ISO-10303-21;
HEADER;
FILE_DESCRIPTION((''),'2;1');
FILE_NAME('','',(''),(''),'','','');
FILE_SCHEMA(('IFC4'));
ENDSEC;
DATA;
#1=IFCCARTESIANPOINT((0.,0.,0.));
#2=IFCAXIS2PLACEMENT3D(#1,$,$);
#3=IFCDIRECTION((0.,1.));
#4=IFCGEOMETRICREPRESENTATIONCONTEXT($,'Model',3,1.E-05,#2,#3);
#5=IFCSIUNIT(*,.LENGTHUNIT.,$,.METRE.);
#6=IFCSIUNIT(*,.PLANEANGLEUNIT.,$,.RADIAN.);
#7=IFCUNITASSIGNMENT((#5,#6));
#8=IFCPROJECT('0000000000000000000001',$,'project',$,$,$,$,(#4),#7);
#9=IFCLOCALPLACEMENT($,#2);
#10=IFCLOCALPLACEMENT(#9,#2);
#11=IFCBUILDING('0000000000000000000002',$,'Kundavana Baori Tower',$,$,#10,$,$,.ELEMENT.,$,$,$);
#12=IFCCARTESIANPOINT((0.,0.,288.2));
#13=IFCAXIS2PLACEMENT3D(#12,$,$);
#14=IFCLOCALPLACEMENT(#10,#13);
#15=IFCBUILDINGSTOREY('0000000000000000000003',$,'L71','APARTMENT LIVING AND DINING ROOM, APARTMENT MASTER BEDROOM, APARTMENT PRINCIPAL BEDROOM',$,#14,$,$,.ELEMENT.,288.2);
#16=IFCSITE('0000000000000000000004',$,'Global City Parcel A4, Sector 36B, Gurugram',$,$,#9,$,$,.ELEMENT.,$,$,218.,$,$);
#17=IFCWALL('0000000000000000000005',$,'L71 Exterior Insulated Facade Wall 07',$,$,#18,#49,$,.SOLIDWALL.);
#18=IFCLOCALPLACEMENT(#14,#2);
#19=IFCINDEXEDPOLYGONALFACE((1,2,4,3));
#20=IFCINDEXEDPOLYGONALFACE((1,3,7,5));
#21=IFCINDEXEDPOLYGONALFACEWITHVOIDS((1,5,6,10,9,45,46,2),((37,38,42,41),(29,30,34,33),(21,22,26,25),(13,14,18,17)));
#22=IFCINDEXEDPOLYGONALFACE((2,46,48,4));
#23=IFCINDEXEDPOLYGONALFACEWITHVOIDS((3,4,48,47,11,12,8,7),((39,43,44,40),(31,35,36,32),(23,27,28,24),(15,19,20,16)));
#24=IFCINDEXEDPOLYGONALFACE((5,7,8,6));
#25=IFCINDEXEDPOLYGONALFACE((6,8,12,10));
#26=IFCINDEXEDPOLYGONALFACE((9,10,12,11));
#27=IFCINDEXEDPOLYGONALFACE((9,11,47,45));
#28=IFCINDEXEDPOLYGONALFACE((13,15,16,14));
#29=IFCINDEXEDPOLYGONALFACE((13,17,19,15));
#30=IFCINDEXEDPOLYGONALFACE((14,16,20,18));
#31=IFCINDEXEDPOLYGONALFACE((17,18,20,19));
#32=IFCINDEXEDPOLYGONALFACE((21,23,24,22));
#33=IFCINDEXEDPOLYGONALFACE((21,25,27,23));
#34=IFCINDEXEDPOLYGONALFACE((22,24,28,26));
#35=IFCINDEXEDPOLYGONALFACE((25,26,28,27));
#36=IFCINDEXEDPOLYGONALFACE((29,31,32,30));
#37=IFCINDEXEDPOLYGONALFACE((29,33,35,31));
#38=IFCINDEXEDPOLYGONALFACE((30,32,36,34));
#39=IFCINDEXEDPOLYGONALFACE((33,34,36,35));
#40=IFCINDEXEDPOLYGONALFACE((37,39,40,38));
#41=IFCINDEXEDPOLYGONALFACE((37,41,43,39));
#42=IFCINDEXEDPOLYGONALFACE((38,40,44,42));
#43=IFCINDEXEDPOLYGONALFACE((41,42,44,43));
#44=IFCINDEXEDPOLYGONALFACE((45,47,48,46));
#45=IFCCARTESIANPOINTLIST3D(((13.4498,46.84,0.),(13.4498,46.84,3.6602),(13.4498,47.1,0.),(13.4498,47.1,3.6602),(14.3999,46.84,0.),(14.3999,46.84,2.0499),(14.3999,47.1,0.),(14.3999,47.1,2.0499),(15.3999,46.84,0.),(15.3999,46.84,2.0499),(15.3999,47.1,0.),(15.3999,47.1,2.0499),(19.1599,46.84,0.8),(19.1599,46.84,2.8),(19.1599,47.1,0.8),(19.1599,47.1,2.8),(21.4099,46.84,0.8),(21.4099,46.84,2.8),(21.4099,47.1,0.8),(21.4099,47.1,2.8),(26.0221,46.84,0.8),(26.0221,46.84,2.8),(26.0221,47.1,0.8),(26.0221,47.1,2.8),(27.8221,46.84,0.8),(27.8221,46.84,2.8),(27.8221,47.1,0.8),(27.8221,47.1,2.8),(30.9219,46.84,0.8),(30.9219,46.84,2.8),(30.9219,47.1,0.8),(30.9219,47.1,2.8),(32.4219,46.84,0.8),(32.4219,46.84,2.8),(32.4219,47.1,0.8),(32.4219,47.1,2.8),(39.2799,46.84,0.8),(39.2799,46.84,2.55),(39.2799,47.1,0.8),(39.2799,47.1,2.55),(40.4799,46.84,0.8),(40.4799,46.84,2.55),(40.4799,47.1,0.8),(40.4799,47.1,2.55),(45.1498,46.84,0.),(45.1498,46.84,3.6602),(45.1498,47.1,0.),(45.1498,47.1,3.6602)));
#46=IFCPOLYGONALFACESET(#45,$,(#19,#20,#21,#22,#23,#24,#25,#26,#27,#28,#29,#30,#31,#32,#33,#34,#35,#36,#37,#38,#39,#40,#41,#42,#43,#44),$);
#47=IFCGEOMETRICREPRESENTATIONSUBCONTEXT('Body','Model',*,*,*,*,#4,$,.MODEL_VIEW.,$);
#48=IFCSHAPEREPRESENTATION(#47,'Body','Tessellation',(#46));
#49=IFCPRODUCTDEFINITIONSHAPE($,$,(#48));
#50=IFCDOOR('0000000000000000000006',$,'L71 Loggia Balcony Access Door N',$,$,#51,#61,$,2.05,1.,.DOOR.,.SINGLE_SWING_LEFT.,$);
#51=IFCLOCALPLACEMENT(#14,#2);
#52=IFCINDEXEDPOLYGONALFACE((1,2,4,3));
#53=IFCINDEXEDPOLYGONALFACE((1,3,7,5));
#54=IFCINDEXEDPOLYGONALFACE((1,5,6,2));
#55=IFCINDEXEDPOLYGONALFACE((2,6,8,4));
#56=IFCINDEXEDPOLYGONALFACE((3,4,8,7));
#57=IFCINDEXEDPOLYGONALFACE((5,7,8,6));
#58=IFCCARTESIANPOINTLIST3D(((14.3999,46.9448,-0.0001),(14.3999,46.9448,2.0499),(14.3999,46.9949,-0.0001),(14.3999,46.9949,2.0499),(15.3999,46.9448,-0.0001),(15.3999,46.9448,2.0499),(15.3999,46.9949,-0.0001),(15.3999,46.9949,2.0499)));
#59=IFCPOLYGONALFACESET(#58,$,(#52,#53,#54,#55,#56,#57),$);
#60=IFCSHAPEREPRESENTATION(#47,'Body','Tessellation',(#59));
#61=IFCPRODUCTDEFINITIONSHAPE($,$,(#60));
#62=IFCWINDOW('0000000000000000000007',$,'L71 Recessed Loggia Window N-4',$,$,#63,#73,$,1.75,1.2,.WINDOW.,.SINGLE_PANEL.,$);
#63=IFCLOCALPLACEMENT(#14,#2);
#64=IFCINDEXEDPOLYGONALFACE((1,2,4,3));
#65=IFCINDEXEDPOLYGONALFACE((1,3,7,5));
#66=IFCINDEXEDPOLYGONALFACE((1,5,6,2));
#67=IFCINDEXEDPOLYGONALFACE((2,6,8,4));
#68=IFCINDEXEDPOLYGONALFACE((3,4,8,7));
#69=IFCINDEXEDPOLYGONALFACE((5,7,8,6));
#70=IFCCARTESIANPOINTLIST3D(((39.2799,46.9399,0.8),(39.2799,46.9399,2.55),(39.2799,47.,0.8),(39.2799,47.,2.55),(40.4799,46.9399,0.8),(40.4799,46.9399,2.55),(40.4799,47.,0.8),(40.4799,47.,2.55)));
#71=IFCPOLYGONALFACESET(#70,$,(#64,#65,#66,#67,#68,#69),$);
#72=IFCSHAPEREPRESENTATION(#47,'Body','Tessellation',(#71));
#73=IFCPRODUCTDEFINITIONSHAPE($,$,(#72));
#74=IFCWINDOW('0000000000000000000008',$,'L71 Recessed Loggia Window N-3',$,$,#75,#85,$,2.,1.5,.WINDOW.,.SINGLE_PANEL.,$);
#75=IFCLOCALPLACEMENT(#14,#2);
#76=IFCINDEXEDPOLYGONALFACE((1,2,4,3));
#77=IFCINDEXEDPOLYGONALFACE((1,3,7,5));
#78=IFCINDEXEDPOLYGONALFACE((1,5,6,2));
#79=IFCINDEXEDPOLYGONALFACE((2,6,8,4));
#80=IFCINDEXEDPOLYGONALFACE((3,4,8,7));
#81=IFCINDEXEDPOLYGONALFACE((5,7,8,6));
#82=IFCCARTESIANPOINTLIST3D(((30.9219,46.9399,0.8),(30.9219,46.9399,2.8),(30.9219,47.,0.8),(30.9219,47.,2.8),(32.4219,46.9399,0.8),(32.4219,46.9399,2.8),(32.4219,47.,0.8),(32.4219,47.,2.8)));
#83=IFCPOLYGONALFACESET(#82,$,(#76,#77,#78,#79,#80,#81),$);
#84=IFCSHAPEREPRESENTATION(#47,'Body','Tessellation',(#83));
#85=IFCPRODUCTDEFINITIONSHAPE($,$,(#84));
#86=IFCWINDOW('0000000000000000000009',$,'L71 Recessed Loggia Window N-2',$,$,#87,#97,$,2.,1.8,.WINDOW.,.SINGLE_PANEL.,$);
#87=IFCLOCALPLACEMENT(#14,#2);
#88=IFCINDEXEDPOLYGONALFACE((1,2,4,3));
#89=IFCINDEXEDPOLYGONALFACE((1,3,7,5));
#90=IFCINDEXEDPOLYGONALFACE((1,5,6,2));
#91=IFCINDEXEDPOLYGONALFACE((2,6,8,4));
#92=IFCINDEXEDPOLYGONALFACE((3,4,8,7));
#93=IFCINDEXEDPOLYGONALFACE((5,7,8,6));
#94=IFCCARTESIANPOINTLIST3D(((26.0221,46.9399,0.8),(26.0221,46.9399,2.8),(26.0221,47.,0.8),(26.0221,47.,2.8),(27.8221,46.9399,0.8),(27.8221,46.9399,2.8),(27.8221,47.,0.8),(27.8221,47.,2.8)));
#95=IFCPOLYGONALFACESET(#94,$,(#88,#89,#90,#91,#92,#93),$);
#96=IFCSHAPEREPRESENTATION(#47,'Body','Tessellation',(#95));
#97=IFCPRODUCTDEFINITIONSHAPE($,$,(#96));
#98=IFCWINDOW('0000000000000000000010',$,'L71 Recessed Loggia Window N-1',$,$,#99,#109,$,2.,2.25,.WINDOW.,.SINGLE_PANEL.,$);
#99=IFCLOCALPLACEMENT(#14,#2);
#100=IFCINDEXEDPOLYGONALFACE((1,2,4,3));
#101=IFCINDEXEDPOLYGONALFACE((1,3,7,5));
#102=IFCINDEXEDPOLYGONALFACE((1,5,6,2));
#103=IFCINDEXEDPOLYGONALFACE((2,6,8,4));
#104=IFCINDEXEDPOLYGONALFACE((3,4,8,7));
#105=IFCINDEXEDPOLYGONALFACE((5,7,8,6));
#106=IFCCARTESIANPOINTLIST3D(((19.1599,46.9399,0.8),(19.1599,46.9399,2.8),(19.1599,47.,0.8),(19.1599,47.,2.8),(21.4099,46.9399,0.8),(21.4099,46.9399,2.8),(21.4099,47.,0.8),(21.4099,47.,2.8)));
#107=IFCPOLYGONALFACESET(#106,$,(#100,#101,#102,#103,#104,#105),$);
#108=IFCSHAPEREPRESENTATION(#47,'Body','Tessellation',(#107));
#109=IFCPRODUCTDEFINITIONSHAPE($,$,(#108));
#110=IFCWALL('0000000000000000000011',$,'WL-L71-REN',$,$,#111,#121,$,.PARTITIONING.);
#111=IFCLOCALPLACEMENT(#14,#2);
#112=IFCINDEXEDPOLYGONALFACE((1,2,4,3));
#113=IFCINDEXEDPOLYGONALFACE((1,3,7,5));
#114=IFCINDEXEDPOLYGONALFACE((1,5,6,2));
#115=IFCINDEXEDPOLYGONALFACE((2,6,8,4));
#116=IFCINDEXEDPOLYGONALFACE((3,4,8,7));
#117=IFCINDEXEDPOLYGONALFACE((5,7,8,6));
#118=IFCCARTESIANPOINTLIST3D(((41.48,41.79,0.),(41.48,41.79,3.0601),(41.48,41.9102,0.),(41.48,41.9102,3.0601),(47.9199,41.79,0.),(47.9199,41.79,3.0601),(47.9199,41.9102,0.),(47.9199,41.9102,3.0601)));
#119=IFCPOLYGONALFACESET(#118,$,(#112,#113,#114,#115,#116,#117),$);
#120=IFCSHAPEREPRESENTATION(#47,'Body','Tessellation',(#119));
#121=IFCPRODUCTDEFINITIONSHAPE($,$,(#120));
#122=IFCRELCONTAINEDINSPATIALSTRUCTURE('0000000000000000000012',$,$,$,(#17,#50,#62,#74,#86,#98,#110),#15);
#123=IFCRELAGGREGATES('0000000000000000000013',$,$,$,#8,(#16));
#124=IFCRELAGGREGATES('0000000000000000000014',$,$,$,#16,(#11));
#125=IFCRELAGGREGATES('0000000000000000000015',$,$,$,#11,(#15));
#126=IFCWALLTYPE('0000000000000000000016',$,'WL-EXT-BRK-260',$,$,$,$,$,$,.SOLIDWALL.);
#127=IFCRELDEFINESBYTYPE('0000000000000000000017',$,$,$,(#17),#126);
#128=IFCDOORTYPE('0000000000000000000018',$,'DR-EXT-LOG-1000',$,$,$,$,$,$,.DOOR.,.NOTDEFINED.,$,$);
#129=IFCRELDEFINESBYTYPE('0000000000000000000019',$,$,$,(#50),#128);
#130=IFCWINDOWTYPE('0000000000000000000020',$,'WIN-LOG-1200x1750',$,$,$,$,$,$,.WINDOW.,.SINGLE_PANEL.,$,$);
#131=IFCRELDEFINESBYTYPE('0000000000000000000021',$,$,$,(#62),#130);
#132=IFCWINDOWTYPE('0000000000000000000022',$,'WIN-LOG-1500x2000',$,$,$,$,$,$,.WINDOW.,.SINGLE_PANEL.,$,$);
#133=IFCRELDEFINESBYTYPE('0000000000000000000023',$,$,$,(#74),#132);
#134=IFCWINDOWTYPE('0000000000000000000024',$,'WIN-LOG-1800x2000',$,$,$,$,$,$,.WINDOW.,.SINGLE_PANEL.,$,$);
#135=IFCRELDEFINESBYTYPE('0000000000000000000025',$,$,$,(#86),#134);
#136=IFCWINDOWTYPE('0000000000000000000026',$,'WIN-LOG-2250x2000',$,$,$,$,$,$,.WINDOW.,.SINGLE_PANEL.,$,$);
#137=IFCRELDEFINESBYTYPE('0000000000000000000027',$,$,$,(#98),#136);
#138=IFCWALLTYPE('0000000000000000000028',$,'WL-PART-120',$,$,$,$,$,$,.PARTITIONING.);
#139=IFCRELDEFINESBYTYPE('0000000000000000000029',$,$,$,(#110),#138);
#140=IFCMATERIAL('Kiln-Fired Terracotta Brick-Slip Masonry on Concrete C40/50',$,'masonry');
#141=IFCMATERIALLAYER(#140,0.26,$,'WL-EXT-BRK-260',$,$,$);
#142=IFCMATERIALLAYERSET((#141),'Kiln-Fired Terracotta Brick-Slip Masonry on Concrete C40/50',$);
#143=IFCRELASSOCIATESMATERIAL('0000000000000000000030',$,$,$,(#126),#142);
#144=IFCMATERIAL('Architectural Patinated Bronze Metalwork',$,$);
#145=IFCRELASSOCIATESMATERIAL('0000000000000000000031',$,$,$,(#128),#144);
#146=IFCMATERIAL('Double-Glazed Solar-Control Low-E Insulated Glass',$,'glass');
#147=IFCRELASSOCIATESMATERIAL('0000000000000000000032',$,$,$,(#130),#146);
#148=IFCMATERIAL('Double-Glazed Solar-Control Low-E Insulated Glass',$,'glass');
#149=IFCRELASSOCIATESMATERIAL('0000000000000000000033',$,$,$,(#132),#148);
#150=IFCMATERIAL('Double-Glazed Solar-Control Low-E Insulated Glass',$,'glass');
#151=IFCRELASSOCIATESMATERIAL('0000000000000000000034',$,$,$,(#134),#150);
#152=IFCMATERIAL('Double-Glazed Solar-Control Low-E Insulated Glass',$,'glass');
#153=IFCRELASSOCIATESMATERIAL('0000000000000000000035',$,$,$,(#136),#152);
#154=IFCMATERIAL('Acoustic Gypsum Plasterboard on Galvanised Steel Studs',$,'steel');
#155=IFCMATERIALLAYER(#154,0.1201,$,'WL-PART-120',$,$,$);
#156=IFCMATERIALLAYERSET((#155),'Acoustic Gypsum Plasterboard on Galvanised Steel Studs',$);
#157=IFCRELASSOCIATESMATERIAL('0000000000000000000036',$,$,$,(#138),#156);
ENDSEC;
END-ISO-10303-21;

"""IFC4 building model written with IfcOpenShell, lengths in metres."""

from ifc_helpers import new_model, si_unit, direction, frame, frame_2d, origin, place, context, subcontext, project, spatial, rectangle, extrude, material, layer, layer_set, type_object, element, fill, save


model = new_model("IFC4")

# Units and contexts
model_context = context("Model", 3, precision=1e-05, world=origin(), true_north=direction((0.0, 1.0)))
body_context = subcontext(model_context, "Body", "Model", "MODEL_VIEW")
ifc_project = project(units=[si_unit("LENGTHUNIT", "METRE"), si_unit("PLANEANGLEUNIT", "RADIAN")], contexts=[model_context])

# Site, building, storey
site_placement = place(None, origin())
site = spatial("IfcSite", under=ifc_project, at=site_placement, Name="Global City Parcel A4, Sector 36B, Gurugram", CompositionType="ELEMENT", RefElevation=218.0)
building_placement = place(site_placement, origin())
building = spatial("IfcBuilding", under=site, at=building_placement, Name="Kundavana Baori Tower", CompositionType="ELEMENT")
storey_placement = place(building_placement, frame((0.0, 0.0, 288.2)))
storey = spatial("IfcBuildingStorey", under=building, at=storey_placement, Name="L71", Description="APARTMENT LIVING AND DINING ROOM, APARTMENT MASTER BEDROOM, APARTMENT PRINCIPAL BEDROOM", CompositionType="ELEMENT", Elevation=288.2)

# Shared definitions
ifc_material_1 = material(Name="Kiln-Fired Terracotta Brick-Slip Masonry on Concrete C40/50", Category="masonry")
ifc_layer_1 = layer(ifc_material_1, 0.26, Name="WL-EXT-BRK-260")
ifc_layer_set_1 = layer_set([ifc_layer_1], Name="Kiln-Fired Terracotta Brick-Slip Masonry on Concrete C40/50")
wall_type_1 = type_object("IfcWallType", Name="WL-EXT-BRK-260", PredefinedType="SOLIDWALL", material=ifc_layer_set_1)

# Wall, openings, door, windows
wall_1_placement = place(storey_placement, frame((45.1499, 46.97, 0.0), z_axis=(0.0, 0.0, 1.0), x_axis=(-1.0, 0.0, 0.0)))
wall_1 = element("IfcWall", 1, at=wall_1_placement, inside=storey, type_object=wall_type_1, Name="L71 Exterior Insulated Facade Wall 07", PredefinedType="SOLIDWALL", context=body_context, shape_type="SweptSolid", body=[
    extrude(rectangle(XDim=31.7, YDim=0.26, at=frame_2d((15.8501, 0.0))), origin(), (0.0, 0.0, 1.0), 3.6602),
])
opening_1_placement = place(wall_1_placement, frame((29.75, 0.0, 0.0)))
opening_1 = element("IfcOpeningElement", 2, at=opening_1_placement, cuts=wall_1, PredefinedType="OPENING", context=body_context, shape_type="SweptSolid", body=[
    extrude(rectangle(XDim=1.0, YDim=2.05, at=frame_2d((0.5, 1.0249))), frame((0.0, 0.1401, 0.0), z_axis=(0.0, -1.0, 0.0), x_axis=(1.0, 0.0, 0.0)), (0.0, 0.0, 1.0), 0.28),
])
opening_2_placement = place(wall_1_placement, frame((23.74, 0.0, 0.8)))
opening_2 = element("IfcOpeningElement", 3, at=opening_2_placement, cuts=wall_1, PredefinedType="OPENING", context=body_context, shape_type="SweptSolid", body=[
    extrude(rectangle(XDim=2.25, YDim=2.0, at=frame_2d((1.125, 1.0))), frame((0.0, 0.1401, 0.0), z_axis=(0.0, -1.0, 0.0), x_axis=(1.0, 0.0, 0.0)), (0.0, 0.0, 1.0), 0.28),
])
opening_3_placement = place(wall_1_placement, frame((17.3279, 0.0, 0.8)))
opening_3 = element("IfcOpeningElement", 4, at=opening_3_placement, cuts=wall_1, PredefinedType="OPENING", context=body_context, shape_type="SweptSolid", body=[
    extrude(rectangle(XDim=1.8, YDim=2.0, at=frame_2d((0.8999, 1.0))), frame((0.0, 0.1401, 0.0), z_axis=(0.0, -1.0, 0.0), x_axis=(1.0, 0.0, 0.0)), (0.0, 0.0, 1.0), 0.28),
])
opening_4_placement = place(wall_1_placement, frame((12.728, 0.0, 0.8)))
opening_4 = element("IfcOpeningElement", 5, at=opening_4_placement, cuts=wall_1, PredefinedType="OPENING", context=body_context, shape_type="SweptSolid", body=[
    extrude(rectangle(XDim=1.5, YDim=2.0, at=frame_2d((0.75, 1.0))), frame((0.0, 0.1401, 0.0), z_axis=(0.0, -1.0, 0.0), x_axis=(1.0, 0.0, 0.0)), (0.0, 0.0, 1.0), 0.28),
])
opening_5_placement = place(wall_1_placement, frame((4.6699, 0.0, 0.8)))
opening_5 = element("IfcOpeningElement", 6, at=opening_5_placement, cuts=wall_1, PredefinedType="OPENING", context=body_context, shape_type="SweptSolid", body=[
    extrude(rectangle(XDim=1.2, YDim=1.75, at=frame_2d((0.6001, 0.875))), frame((0.0, 0.1401, 0.0), z_axis=(0.0, -1.0, 0.0), x_axis=(1.0, 0.0, 0.0)), (0.0, 0.0, 1.0), 0.28),
])
ifc_material_2 = material(Name="Architectural Patinated Bronze Metalwork")
door_type_1 = type_object("IfcDoorType", Name="DR-EXT-LOG-1000", OperationType="NOTDEFINED", PredefinedType="DOOR", material=ifc_material_2)
door_1_placement = place(opening_1_placement, frame((1.0, 0.0, 0.0), z_axis=(0.0, 0.0, 1.0), x_axis=(-1.0, 0.0, 0.0)))
door_1 = element("IfcDoor", 7, at=door_1_placement, inside=storey, type_object=door_type_1, Name="L71 Loggia Balcony Access Door N", OperationType="SINGLE_SWING_LEFT", OverallHeight=2.05, OverallWidth=1.0, PredefinedType="DOOR", context=body_context, shape_type="SweptSolid", body=[
    extrude(rectangle(XDim=1.0, YDim=2.05, at=frame_2d((0.5, 1.0249))), frame((0.0, 0.0249, 0.0), z_axis=(0.0, -1.0, 0.0), x_axis=(1.0, 0.0, 0.0)), (0.0, 0.0, 1.0), 0.05),
])
fill(opening_1, door_1)
ifc_material_3 = material(Name="Double-Glazed Solar-Control Low-E Insulated Glass", Category="glass")
window_type_1 = type_object("IfcWindowType", Name="WIN-LOG-1200x1750", PartitioningType="SINGLE_PANEL", PredefinedType="WINDOW", material=ifc_material_3)
window_1_placement = place(opening_5_placement, origin())
window_1 = element("IfcWindow", 8, at=window_1_placement, inside=storey, type_object=window_type_1, Name="L71 Recessed Loggia Window N-4", OverallHeight=1.75, OverallWidth=1.2, PartitioningType="SINGLE_PANEL", PredefinedType="WINDOW", context=body_context, shape_type="SweptSolid", body=[
    extrude(rectangle(XDim=1.2, YDim=1.75, at=frame_2d((0.6001, 0.875))), frame((0.0, 0.03, 0.0), z_axis=(0.0, -1.0, 0.0), x_axis=(1.0, 0.0, 0.0)), (0.0, 0.0, 1.0), 0.0601),
])
fill(opening_5, window_1)
ifc_material_4 = material(Name="Double-Glazed Solar-Control Low-E Insulated Glass", Category="glass")
window_type_2 = type_object("IfcWindowType", Name="WIN-LOG-1500x2000", PartitioningType="SINGLE_PANEL", PredefinedType="WINDOW", material=ifc_material_4)
window_2_placement = place(opening_4_placement, origin())
window_2 = element("IfcWindow", 9, at=window_2_placement, inside=storey, type_object=window_type_2, Name="L71 Recessed Loggia Window N-3", OverallHeight=2.0, OverallWidth=1.5, PartitioningType="SINGLE_PANEL", PredefinedType="WINDOW", context=body_context, shape_type="SweptSolid", body=[
    extrude(rectangle(XDim=1.5, YDim=2.0, at=frame_2d((0.75, 1.0))), frame((0.0, 0.03, 0.0), z_axis=(0.0, -1.0, 0.0), x_axis=(1.0, 0.0, 0.0)), (0.0, 0.0, 1.0), 0.0601),
])
fill(opening_4, window_2)
ifc_material_5 = material(Name="Double-Glazed Solar-Control Low-E Insulated Glass", Category="glass")
window_type_3 = type_object("IfcWindowType", Name="WIN-LOG-1800x2000", PartitioningType="SINGLE_PANEL", PredefinedType="WINDOW", material=ifc_material_5)
window_3_placement = place(opening_3_placement, origin())
window_3 = element("IfcWindow", 10, at=window_3_placement, inside=storey, type_object=window_type_3, Name="L71 Recessed Loggia Window N-2", OverallHeight=2.0, OverallWidth=1.8, PartitioningType="SINGLE_PANEL", PredefinedType="WINDOW", context=body_context, shape_type="SweptSolid", body=[
    extrude(rectangle(XDim=1.8, YDim=2.0, at=frame_2d((0.8999, 1.0))), frame((0.0, 0.03, 0.0), z_axis=(0.0, -1.0, 0.0), x_axis=(1.0, 0.0, 0.0)), (0.0, 0.0, 1.0), 0.0601),
])
fill(opening_3, window_3)
ifc_material_6 = material(Name="Double-Glazed Solar-Control Low-E Insulated Glass", Category="glass")
window_type_4 = type_object("IfcWindowType", Name="WIN-LOG-2250x2000", PartitioningType="SINGLE_PANEL", PredefinedType="WINDOW", material=ifc_material_6)
window_4_placement = place(opening_2_placement, origin())
window_4 = element("IfcWindow", 11, at=window_4_placement, inside=storey, type_object=window_type_4, Name="L71 Recessed Loggia Window N-1", OverallHeight=2.0, OverallWidth=2.25, PartitioningType="SINGLE_PANEL", PredefinedType="WINDOW", context=body_context, shape_type="SweptSolid", body=[
    extrude(rectangle(XDim=2.25, YDim=2.0, at=frame_2d((1.125, 1.0))), frame((0.0, 0.03, 0.0), z_axis=(0.0, -1.0, 0.0), x_axis=(1.0, 0.0, 0.0)), (0.0, 0.0, 1.0), 0.0601),
])
fill(opening_2, window_4)

# Wall
ifc_material_7 = material(Name="Acoustic Gypsum Plasterboard on Galvanised Steel Studs", Category="steel")
ifc_layer_2 = layer(ifc_material_7, 0.1201, Name="WL-PART-120")
ifc_layer_set_2 = layer_set([ifc_layer_2], Name="Acoustic Gypsum Plasterboard on Galvanised Steel Studs")
wall_type_2 = type_object("IfcWallType", Name="WL-PART-120", PredefinedType="PARTITIONING", material=ifc_layer_set_2)
wall_2_placement = place(storey_placement, frame((41.48, 41.8501, 0.0), z_axis=(0.0, 0.0, 1.0), x_axis=(1.0, 0.0, 0.0)))
element("IfcWall", 12, at=wall_2_placement, inside=storey, type_object=wall_type_2, Name="WL-L71-REN", PredefinedType="PARTITIONING", context=body_context, shape_type="SweptSolid", body=[
    extrude(rectangle(XDim=6.4399, YDim=0.1201, at=frame_2d((3.22, 0.0))), origin(), (0.0, 0.0, 1.0), 3.0601),
])

save(model, "model.ifc")
